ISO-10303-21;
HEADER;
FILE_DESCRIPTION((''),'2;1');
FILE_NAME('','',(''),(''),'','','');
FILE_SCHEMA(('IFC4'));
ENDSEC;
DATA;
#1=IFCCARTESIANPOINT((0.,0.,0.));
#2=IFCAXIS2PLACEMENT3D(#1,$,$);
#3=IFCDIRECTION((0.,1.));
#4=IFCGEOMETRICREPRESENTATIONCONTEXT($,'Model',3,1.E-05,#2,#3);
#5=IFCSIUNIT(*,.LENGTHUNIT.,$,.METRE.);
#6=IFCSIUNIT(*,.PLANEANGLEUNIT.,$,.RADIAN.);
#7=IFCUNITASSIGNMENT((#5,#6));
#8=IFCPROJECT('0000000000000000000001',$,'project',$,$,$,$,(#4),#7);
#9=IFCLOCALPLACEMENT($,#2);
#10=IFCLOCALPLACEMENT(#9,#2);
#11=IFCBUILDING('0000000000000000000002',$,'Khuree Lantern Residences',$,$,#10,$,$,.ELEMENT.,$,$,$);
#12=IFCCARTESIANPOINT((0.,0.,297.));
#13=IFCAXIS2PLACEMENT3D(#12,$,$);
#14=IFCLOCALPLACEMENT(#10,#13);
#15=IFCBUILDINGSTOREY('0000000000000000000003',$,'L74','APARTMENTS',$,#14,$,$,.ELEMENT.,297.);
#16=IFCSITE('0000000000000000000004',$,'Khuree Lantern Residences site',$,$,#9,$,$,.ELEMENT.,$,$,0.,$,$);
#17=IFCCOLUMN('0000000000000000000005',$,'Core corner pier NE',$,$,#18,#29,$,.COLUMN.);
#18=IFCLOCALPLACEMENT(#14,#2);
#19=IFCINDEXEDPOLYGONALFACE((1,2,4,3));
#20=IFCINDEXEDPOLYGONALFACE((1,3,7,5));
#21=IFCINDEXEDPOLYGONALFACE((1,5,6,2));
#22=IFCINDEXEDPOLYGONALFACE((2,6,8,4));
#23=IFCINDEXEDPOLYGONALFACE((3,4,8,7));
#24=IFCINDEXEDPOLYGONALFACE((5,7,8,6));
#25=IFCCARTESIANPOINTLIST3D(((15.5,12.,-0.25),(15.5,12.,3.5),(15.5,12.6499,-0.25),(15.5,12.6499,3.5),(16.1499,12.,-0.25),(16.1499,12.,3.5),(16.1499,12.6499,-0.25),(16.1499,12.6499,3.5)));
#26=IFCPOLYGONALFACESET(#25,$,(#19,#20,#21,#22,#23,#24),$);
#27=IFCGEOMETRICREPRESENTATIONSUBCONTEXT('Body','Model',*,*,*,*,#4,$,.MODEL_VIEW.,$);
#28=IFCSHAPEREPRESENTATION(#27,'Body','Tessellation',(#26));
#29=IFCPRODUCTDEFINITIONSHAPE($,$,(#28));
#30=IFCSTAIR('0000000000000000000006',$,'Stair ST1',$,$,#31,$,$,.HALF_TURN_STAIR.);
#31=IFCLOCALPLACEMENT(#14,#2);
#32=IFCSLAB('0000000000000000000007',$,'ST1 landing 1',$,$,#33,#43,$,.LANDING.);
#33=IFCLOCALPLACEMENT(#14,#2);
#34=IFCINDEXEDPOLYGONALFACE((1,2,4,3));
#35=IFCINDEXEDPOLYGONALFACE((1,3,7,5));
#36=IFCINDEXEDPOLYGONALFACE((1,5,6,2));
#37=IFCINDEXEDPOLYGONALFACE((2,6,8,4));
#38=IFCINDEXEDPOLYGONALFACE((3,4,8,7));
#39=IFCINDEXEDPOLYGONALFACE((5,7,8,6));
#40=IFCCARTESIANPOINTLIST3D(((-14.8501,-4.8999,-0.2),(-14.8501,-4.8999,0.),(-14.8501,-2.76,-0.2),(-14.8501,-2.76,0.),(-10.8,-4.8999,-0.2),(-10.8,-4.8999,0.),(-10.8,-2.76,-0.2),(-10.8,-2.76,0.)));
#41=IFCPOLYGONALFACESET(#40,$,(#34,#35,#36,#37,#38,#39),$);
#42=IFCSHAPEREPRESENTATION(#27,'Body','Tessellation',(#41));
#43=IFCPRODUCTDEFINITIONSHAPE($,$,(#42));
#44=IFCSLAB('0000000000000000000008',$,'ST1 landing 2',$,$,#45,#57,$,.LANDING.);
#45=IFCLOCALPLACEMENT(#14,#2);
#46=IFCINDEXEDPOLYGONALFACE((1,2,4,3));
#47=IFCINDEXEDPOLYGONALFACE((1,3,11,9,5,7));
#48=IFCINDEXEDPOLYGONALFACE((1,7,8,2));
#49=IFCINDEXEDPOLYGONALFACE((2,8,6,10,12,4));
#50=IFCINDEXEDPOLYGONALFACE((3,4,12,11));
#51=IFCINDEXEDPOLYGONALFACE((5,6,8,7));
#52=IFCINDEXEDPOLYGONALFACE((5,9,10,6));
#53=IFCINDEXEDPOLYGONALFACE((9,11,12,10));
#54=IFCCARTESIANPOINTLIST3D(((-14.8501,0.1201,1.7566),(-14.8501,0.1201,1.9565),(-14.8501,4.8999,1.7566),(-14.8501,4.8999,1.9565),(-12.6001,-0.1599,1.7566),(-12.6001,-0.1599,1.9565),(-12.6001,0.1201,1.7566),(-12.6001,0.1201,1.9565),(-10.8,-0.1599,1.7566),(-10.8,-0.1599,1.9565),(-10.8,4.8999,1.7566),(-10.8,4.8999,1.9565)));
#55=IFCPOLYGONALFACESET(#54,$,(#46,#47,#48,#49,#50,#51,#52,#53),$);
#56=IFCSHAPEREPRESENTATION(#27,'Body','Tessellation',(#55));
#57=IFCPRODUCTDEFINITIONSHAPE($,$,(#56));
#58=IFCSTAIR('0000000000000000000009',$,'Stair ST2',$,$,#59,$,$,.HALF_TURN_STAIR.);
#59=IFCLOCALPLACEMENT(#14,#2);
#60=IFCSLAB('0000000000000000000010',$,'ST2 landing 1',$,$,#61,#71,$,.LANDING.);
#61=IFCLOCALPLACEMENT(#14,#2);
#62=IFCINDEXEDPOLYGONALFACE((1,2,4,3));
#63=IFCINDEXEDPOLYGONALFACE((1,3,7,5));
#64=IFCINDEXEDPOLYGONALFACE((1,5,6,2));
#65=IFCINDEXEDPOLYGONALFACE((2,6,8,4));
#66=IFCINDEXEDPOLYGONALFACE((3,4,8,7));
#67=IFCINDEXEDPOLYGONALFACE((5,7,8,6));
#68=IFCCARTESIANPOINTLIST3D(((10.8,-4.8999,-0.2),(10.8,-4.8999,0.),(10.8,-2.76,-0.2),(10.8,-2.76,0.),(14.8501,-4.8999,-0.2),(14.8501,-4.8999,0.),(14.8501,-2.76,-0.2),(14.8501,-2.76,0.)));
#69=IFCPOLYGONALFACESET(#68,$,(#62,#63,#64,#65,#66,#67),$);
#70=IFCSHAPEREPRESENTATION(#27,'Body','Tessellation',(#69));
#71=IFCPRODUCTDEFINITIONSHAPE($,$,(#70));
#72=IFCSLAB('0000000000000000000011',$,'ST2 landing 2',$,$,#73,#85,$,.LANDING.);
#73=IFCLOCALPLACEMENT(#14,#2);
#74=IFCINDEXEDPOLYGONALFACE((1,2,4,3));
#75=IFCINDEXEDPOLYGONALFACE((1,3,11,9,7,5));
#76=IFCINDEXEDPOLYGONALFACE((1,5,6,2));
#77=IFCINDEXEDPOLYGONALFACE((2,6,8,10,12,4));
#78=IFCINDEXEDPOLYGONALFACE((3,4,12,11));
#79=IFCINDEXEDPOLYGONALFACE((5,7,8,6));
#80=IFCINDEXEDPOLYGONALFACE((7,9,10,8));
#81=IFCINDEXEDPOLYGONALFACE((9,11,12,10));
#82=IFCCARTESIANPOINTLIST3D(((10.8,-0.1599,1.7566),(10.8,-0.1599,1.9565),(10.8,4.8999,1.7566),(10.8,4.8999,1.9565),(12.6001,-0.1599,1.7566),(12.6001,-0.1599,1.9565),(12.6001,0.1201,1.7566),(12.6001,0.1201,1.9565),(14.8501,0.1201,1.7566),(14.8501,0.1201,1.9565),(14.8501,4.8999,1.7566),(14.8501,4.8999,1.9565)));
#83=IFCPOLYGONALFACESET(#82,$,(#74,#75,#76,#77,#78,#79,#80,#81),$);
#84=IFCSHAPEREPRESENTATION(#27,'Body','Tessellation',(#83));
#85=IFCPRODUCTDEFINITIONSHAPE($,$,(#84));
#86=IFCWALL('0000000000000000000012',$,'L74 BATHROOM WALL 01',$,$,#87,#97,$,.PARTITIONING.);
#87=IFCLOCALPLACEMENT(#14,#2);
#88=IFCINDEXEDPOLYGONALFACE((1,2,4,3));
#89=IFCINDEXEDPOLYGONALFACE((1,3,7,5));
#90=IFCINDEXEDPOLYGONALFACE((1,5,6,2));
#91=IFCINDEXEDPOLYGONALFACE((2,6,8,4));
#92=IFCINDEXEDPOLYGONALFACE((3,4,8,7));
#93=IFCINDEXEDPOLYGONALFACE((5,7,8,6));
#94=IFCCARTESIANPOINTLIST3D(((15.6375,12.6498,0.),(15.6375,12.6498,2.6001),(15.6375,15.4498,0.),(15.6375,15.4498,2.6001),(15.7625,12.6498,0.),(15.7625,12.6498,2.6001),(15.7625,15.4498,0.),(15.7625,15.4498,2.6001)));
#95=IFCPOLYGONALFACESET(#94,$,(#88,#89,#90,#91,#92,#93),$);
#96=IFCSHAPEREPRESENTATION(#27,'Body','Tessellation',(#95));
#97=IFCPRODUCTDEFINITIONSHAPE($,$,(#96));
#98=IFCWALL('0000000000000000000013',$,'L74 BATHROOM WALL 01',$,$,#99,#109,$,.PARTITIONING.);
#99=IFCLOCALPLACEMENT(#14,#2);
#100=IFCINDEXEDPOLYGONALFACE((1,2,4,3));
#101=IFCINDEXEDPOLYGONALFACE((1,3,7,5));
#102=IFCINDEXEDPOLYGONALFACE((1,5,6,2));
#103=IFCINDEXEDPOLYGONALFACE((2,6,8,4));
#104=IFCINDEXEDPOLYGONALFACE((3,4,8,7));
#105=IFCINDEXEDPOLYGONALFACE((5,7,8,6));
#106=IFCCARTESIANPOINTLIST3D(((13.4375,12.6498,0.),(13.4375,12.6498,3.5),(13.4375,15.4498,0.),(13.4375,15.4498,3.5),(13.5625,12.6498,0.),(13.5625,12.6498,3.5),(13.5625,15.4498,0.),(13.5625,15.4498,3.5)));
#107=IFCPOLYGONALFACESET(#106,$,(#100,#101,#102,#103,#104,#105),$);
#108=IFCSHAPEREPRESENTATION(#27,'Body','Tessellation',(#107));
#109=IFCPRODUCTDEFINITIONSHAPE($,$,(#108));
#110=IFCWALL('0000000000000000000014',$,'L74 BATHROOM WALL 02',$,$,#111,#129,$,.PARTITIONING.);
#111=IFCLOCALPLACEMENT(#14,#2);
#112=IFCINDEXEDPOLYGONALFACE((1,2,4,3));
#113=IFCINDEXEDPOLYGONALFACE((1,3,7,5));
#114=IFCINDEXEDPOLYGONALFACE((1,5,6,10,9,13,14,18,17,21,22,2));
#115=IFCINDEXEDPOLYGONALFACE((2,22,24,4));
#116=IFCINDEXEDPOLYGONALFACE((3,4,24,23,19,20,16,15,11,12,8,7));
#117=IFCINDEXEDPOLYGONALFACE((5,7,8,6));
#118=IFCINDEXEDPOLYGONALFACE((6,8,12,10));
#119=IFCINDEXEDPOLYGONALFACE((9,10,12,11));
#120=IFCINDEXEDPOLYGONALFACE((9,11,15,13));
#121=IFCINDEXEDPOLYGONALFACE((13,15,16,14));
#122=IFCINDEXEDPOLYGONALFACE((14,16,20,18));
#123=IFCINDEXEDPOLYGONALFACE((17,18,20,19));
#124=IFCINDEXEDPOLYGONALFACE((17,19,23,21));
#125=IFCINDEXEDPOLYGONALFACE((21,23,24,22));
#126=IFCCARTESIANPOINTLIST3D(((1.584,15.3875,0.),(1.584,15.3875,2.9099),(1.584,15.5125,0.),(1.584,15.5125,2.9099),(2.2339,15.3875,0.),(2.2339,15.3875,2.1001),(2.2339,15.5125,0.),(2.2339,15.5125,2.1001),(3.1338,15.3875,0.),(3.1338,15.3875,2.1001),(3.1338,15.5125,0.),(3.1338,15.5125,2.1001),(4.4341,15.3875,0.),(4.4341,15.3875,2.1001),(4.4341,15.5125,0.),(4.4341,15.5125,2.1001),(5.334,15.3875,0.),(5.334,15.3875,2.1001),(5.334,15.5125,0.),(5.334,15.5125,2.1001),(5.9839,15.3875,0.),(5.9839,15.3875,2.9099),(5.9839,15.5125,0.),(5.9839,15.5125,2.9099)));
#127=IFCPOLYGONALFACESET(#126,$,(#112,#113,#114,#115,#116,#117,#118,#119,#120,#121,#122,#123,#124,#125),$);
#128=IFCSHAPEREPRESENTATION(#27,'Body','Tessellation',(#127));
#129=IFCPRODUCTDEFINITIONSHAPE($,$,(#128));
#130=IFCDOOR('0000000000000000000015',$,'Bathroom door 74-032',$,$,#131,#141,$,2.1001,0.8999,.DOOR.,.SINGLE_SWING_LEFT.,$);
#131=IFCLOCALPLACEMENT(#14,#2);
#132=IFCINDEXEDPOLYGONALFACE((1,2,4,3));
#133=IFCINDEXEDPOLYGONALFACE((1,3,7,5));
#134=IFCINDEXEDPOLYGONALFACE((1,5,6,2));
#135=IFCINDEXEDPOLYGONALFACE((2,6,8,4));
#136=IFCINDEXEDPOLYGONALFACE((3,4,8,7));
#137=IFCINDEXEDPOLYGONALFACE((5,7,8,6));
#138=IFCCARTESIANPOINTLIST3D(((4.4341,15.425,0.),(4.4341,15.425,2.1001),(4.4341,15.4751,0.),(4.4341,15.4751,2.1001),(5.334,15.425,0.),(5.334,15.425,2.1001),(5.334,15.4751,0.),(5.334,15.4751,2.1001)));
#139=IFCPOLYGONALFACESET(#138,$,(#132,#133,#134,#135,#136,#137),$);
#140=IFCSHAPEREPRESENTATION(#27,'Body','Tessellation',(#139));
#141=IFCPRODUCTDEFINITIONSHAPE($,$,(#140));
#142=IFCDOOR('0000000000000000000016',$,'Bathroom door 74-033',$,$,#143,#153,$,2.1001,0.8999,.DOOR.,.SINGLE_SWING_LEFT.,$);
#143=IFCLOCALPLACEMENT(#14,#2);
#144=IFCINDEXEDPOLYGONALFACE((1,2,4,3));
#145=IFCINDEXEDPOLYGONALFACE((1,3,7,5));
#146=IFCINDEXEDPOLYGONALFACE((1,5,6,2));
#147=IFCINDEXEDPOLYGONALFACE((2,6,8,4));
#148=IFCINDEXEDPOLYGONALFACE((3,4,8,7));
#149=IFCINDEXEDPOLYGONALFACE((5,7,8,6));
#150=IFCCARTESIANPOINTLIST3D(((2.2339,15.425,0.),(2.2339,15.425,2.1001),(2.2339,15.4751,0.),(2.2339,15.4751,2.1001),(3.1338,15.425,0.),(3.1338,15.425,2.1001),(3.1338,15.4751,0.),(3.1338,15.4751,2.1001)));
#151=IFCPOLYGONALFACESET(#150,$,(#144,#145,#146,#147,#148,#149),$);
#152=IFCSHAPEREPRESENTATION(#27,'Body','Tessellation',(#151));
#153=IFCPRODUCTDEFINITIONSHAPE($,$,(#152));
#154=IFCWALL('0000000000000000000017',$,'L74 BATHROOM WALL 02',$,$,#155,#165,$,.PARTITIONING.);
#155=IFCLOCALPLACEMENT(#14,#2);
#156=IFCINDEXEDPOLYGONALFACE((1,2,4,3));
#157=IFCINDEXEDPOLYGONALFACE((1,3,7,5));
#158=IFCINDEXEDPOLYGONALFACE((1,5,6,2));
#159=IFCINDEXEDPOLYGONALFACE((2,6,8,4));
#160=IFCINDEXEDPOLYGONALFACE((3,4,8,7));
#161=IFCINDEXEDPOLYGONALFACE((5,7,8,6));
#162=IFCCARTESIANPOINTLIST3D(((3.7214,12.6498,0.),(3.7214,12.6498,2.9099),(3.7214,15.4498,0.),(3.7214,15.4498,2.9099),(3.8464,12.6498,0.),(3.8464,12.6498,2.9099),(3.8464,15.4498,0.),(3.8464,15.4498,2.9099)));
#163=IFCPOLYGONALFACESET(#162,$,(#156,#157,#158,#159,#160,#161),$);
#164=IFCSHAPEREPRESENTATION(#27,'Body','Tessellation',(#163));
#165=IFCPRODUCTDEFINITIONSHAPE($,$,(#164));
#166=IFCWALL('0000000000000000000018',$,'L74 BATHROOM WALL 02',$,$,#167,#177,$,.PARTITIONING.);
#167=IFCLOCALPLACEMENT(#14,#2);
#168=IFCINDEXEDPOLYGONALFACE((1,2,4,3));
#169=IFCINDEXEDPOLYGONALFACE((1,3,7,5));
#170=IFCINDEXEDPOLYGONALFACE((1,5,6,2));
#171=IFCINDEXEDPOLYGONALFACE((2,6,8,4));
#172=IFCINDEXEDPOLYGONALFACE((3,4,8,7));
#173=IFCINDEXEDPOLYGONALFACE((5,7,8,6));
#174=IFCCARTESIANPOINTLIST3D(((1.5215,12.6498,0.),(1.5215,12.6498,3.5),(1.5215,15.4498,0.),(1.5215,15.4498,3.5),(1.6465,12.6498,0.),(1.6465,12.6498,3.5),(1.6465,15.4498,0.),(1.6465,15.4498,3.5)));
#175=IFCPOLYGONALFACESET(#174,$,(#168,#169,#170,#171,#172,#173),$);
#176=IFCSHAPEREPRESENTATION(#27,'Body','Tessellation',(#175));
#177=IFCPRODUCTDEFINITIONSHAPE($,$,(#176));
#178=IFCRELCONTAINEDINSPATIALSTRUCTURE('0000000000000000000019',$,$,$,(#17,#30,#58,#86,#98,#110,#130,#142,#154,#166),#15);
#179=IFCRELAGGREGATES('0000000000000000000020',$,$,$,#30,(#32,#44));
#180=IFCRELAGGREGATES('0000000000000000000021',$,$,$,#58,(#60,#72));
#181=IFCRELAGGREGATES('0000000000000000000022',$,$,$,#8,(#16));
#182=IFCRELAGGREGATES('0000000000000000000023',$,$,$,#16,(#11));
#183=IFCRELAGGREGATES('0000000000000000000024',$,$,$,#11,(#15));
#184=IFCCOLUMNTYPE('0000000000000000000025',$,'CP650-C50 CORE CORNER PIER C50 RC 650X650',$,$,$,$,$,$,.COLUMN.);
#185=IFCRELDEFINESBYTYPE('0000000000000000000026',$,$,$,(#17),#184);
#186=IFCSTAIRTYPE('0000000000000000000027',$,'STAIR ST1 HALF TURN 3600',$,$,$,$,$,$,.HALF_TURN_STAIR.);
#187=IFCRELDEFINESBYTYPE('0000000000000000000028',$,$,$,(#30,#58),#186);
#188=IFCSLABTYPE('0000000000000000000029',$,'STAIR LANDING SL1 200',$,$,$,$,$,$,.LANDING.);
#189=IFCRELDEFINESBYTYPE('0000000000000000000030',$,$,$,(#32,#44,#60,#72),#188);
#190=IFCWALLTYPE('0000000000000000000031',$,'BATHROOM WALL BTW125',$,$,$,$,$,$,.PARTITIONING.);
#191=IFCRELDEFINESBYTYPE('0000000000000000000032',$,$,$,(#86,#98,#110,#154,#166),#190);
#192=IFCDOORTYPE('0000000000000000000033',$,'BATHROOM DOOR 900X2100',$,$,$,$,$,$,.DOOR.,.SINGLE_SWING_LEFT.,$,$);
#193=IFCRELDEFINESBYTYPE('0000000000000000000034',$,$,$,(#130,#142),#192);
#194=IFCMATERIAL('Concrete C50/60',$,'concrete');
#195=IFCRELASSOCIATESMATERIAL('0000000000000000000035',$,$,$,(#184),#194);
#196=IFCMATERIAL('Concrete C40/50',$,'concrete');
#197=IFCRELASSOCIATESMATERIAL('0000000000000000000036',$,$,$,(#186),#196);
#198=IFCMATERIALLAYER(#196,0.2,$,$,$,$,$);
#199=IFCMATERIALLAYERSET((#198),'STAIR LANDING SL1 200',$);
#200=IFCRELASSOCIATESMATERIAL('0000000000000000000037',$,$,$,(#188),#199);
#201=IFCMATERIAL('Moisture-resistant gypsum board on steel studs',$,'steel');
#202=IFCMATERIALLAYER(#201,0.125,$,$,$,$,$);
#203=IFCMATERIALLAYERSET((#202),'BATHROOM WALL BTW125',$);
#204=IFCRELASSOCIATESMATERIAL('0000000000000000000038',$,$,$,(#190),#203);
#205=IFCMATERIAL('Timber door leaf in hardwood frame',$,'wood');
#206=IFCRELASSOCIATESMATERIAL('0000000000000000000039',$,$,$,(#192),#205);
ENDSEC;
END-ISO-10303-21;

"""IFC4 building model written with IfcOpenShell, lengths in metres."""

from ifc_helpers import new_model, si_unit, direction, frame, frame_2d, origin, origin_2d, place, context, subcontext, project, spatial, polyline, rectangle, outline, extrude, material, layer, layer_set, material_profile, profile_set, type_object, element, fill, aggregate, save


model = new_model("IFC4")

# Units and contexts
model_context = context("Model", 3, precision=1e-05, world=origin(), true_north=direction((0.0, 1.0)))
body_context = subcontext(model_context, "Body", "Model", "MODEL_VIEW")
ifc_project = project(units=[si_unit("LENGTHUNIT", "METRE"), si_unit("PLANEANGLEUNIT", "RADIAN")], contexts=[model_context])

# Site, building, storey
site_placement = place(None, origin())
site = spatial("IfcSite", under=ifc_project, at=site_placement, Name="Khuree Lantern Residences site", CompositionType="ELEMENT", RefElevation=0.0)
building_placement = place(site_placement, origin())
building = spatial("IfcBuilding", under=site, at=building_placement, Name="Khuree Lantern Residences", CompositionType="ELEMENT")
storey_placement = place(building_placement, frame((0.0, 0.0, 297.0)))
storey = spatial("IfcBuildingStorey", under=building, at=storey_placement, Name="L74", Description="APARTMENTS", CompositionType="ELEMENT", Elevation=297.0)

# Column
ifc_material_1 = material(Name="Concrete C50/60", Category="concrete")
ifc_material_profile = material_profile(ifc_material_1, rectangle(XDim=0.6499, YDim=0.6499, at=origin_2d()), Name="RC 650X650")
ifc_profile_set = profile_set([ifc_material_profile], Name="Concrete C50/60")
column_type = type_object("IfcColumnType", Name="CP650-C50 CORE CORNER PIER C50 RC 650X650", PredefinedType="COLUMN", material=ifc_profile_set)
column_placement = place(storey_placement, frame((15.825, 12.325, -0.25), z_axis=(0.0, 0.0, 1.0), x_axis=(1.0, 0.0, 0.0)))
element("IfcColumn", 1, at=column_placement, inside=storey, type_object=column_type, Name="Core corner pier NE", PredefinedType="COLUMN", context=body_context, shape_type="SweptSolid", body=[
    extrude(rectangle(XDim=0.6499, YDim=0.6499, at=origin_2d()), origin(), (0.0, 0.0, 1.0), 3.75),
])

# Stairs, slabs
ifc_material_2 = material(Name="Concrete C40/50", Category="concrete")
stair_type = type_object("IfcStairType", Name="STAIR ST1 HALF TURN 3600", PredefinedType="HALF_TURN_STAIR", material=ifc_material_2)
stair_1_placement = place(storey_placement, origin())
stair_1 = element("IfcStair", 2, at=stair_1_placement, inside=storey, type_object=stair_type, Name="Stair ST1", PredefinedType="HALF_TURN_STAIR")
ifc_layer_1 = layer(ifc_material_2, 0.2)
ifc_layer_set_1 = layer_set([ifc_layer_1], Name="STAIR LANDING SL1 200")
slab_type = type_object("IfcSlabType", Name="STAIR LANDING SL1 200", PredefinedType="LANDING", material=ifc_layer_set_1)
slab_1_placement = place(storey_placement, frame((0.0, 0.0, -0.2)))
slab_1 = element("IfcSlab", 3, at=slab_1_placement, type_object=slab_type, Name="ST1 landing 1", PredefinedType="LANDING", context=body_context, shape_type="SweptSolid", body=[
    extrude(outline(polyline([(-14.8501, -4.8999), (-10.8, -4.8999), (-10.8, -2.76), (-14.8501, -2.76), (-14.8501, -4.8999)])), origin(), (0.0, 0.0, 1.0), 0.2),
])
slab_2_placement = place(storey_placement, frame((0.0, 0.0, 1.7566)))
slab_2 = element("IfcSlab", 4, at=slab_2_placement, type_object=slab_type, Name="ST1 landing 2", PredefinedType="LANDING", context=body_context, shape_type="SweptSolid", body=[
    extrude(outline(polyline([(-14.8501, 0.1201), (-14.8501, 4.8999), (-10.8, 4.8999), (-10.8, -0.1599), (-12.6001, -0.1599), (-12.6001, 0.1201), (-14.8501, 0.1201)])), origin(), (0.0, 0.0, 1.0), 0.2),
])
aggregate(stair_1, [slab_1, slab_2])
stair_2_placement = place(storey_placement, origin())
stair_2 = element("IfcStair", 5, at=stair_2_placement, inside=storey, type_object=stair_type, Name="Stair ST2", PredefinedType="HALF_TURN_STAIR")
slab_3_placement = place(storey_placement, frame((0.0, 0.0, -0.2)))
slab_3 = element("IfcSlab", 6, at=slab_3_placement, type_object=slab_type, Name="ST2 landing 1", PredefinedType="LANDING", context=body_context, shape_type="SweptSolid", body=[
    extrude(outline(polyline([(10.8, -4.8999), (14.8501, -4.8999), (14.8501, -2.76), (10.8, -2.76), (10.8, -4.8999)])), origin(), (0.0, 0.0, 1.0), 0.2),
])
slab_4_placement = place(storey_placement, frame((0.0, 0.0, 1.7566)))
slab_4 = element("IfcSlab", 7, at=slab_4_placement, type_object=slab_type, Name="ST2 landing 2", PredefinedType="LANDING", context=body_context, shape_type="SweptSolid", body=[
    extrude(outline(polyline([(14.8501, 4.8999), (14.8501, 0.1201), (12.6001, 0.1201), (12.6001, -0.1599), (10.8, -0.1599), (10.8, 4.8999), (14.8501, 4.8999)])), origin(), (0.0, 0.0, 1.0), 0.2),
])
aggregate(stair_2, [slab_3, slab_4])

# Walls
ifc_material_3 = material(Name="Moisture-resistant gypsum board on steel studs", Category="steel")
ifc_layer_2 = layer(ifc_material_3, 0.125)
ifc_layer_set_2 = layer_set([ifc_layer_2], Name="BATHROOM WALL BTW125")
wall_type_1 = type_object("IfcWallType", Name="BATHROOM WALL BTW125", PredefinedType="PARTITIONING", material=ifc_layer_set_2)
wall_1_placement = place(storey_placement, frame((15.7, 12.6499, 0.0), z_axis=(0.0, 0.0, 1.0), x_axis=(0.0, 1.0, 0.0)))
element("IfcWall", 8, at=wall_1_placement, inside=storey, type_object=wall_type_1, Name="L74 BATHROOM WALL 01", PredefinedType="PARTITIONING", context=body_context, shape_type="SweptSolid", body=[
    extrude(rectangle(XDim=2.8, YDim=0.125, at=frame_2d((1.3999, 0.0))), origin(), (0.0, 0.0, 1.0), 2.6001),
])
wall_2_placement = place(storey_placement, frame((13.5, 12.6499, 0.0), z_axis=(0.0, 0.0, 1.0), x_axis=(0.0, 1.0, 0.0)))
element("IfcWall", 9, at=wall_2_placement, inside=storey, type_object=wall_type_1, Name="L74 BATHROOM WALL 01", PredefinedType="PARTITIONING", context=body_context, shape_type="SweptSolid", body=[
    extrude(rectangle(XDim=2.8, YDim=0.125, at=frame_2d((1.3999, 0.0))), origin(), (0.0, 0.0, 1.0), 3.5),
])

# Wall, openings, doors
wall_3_placement = place(storey_placement, frame((5.9839, 15.45, 0.0), z_axis=(0.0, 0.0, 1.0), x_axis=(-1.0, 0.0, 0.0)))
wall_3 = element("IfcWall", 10, at=wall_3_placement, inside=storey, type_object=wall_type_1, Name="L74 BATHROOM WALL 02", PredefinedType="PARTITIONING", context=body_context, shape_type="SweptSolid", body=[
    extrude(rectangle(XDim=4.3999, YDim=0.125, at=frame_2d((2.2, 0.0))), origin(), (0.0, 0.0, 1.0), 2.9099),
])
opening_1_placement = place(wall_3_placement, frame((0.6499, 0.0, 0.0)))
opening_1 = element("IfcOpeningElement", 11, at=opening_1_placement, cuts=wall_3, PredefinedType="OPENING", context=body_context, shape_type="SweptSolid", body=[
    extrude(rectangle(XDim=0.8999, YDim=2.1001, at=frame_2d((0.45, 1.05))), frame((0.0, 0.0725, 0.0), z_axis=(0.0, -1.0, 0.0), x_axis=(1.0, 0.0, 0.0)), (0.0, 0.0, 1.0), 0.145),
])
opening_2_placement = place(wall_3_placement, frame((2.8501, 0.0, 0.0)))
opening_2 = element("IfcOpeningElement", 12, at=opening_2_placement, cuts=wall_3, PredefinedType="OPENING", context=body_context, shape_type="SweptSolid", body=[
    extrude(rectangle(XDim=0.8999, YDim=2.1001, at=frame_2d((0.45, 1.05))), frame((0.0, 0.0725, 0.0), z_axis=(0.0, -1.0, 0.0), x_axis=(1.0, 0.0, 0.0)), (0.0, 0.0, 1.0), 0.145),
])
ifc_material_4 = material(Name="Timber door leaf in hardwood frame", Category="wood")
door_type_1 = type_object("IfcDoorType", Name="BATHROOM DOOR 900X2100", OperationType="SINGLE_SWING_LEFT", PredefinedType="DOOR", material=ifc_material_4)
door_1_placement = place(opening_1_placement, origin())
door_1 = element("IfcDoor", 13, at=door_1_placement, inside=storey, type_object=door_type_1, Name="Bathroom door 74-032", OperationType="SINGLE_SWING_LEFT", OverallHeight=2.1001, OverallWidth=0.8999, PredefinedType="DOOR", context=body_context, shape_type="SweptSolid", body=[
    extrude(rectangle(XDim=0.8999, YDim=2.1001, at=frame_2d((0.45, 1.05))), frame((0.0, 0.0249, 0.0), z_axis=(0.0, -1.0, 0.0), x_axis=(1.0, 0.0, 0.0)), (0.0, 0.0, 1.0), 0.05),
])
fill(opening_1, door_1)
door_2_placement = place(opening_2_placement, origin())
door_2 = element("IfcDoor", 14, at=door_2_placement, inside=storey, type_object=door_type_1, Name="Bathroom door 74-033", OperationType="SINGLE_SWING_LEFT", OverallHeight=2.1001, OverallWidth=0.8999, PredefinedType="DOOR", context=body_context, shape_type="SweptSolid", body=[
    extrude(rectangle(XDim=0.8999, YDim=2.1001, at=frame_2d((0.45, 1.05))), frame((0.0, 0.0249, 0.0), z_axis=(0.0, -1.0, 0.0), x_axis=(1.0, 0.0, 0.0)), (0.0, 0.0, 1.0), 0.05),
])
fill(opening_2, door_2)

# Walls
wall_4_placement = place(storey_placement, frame((3.7839, 12.6499, 0.0), z_axis=(0.0, 0.0, 1.0), x_axis=(0.0, 1.0, 0.0)))
element("IfcWall", 15, at=wall_4_placement, inside=storey, type_object=wall_type_1, Name="L74 BATHROOM WALL 02", PredefinedType="PARTITIONING", context=body_context, shape_type="SweptSolid", body=[
    extrude(rectangle(XDim=2.8, YDim=0.125, at=frame_2d((1.3999, 0.0))), origin(), (0.0, 0.0, 1.0), 2.9099),
])
wall_5_placement = place(storey_placement, frame((1.584, 12.6499, 0.0), z_axis=(0.0, 0.0, 1.0), x_axis=(0.0, 1.0, 0.0)))
element("IfcWall", 16, at=wall_5_placement, inside=storey, type_object=wall_type_1, Name="L74 BATHROOM WALL 02", PredefinedType="PARTITIONING", context=body_context, shape_type="SweptSolid", body=[
    extrude(rectangle(XDim=2.8, YDim=0.125, at=frame_2d((1.3999, 0.0))), origin(), (0.0, 0.0, 1.0), 3.5),
])

save(model, "model.ifc")
